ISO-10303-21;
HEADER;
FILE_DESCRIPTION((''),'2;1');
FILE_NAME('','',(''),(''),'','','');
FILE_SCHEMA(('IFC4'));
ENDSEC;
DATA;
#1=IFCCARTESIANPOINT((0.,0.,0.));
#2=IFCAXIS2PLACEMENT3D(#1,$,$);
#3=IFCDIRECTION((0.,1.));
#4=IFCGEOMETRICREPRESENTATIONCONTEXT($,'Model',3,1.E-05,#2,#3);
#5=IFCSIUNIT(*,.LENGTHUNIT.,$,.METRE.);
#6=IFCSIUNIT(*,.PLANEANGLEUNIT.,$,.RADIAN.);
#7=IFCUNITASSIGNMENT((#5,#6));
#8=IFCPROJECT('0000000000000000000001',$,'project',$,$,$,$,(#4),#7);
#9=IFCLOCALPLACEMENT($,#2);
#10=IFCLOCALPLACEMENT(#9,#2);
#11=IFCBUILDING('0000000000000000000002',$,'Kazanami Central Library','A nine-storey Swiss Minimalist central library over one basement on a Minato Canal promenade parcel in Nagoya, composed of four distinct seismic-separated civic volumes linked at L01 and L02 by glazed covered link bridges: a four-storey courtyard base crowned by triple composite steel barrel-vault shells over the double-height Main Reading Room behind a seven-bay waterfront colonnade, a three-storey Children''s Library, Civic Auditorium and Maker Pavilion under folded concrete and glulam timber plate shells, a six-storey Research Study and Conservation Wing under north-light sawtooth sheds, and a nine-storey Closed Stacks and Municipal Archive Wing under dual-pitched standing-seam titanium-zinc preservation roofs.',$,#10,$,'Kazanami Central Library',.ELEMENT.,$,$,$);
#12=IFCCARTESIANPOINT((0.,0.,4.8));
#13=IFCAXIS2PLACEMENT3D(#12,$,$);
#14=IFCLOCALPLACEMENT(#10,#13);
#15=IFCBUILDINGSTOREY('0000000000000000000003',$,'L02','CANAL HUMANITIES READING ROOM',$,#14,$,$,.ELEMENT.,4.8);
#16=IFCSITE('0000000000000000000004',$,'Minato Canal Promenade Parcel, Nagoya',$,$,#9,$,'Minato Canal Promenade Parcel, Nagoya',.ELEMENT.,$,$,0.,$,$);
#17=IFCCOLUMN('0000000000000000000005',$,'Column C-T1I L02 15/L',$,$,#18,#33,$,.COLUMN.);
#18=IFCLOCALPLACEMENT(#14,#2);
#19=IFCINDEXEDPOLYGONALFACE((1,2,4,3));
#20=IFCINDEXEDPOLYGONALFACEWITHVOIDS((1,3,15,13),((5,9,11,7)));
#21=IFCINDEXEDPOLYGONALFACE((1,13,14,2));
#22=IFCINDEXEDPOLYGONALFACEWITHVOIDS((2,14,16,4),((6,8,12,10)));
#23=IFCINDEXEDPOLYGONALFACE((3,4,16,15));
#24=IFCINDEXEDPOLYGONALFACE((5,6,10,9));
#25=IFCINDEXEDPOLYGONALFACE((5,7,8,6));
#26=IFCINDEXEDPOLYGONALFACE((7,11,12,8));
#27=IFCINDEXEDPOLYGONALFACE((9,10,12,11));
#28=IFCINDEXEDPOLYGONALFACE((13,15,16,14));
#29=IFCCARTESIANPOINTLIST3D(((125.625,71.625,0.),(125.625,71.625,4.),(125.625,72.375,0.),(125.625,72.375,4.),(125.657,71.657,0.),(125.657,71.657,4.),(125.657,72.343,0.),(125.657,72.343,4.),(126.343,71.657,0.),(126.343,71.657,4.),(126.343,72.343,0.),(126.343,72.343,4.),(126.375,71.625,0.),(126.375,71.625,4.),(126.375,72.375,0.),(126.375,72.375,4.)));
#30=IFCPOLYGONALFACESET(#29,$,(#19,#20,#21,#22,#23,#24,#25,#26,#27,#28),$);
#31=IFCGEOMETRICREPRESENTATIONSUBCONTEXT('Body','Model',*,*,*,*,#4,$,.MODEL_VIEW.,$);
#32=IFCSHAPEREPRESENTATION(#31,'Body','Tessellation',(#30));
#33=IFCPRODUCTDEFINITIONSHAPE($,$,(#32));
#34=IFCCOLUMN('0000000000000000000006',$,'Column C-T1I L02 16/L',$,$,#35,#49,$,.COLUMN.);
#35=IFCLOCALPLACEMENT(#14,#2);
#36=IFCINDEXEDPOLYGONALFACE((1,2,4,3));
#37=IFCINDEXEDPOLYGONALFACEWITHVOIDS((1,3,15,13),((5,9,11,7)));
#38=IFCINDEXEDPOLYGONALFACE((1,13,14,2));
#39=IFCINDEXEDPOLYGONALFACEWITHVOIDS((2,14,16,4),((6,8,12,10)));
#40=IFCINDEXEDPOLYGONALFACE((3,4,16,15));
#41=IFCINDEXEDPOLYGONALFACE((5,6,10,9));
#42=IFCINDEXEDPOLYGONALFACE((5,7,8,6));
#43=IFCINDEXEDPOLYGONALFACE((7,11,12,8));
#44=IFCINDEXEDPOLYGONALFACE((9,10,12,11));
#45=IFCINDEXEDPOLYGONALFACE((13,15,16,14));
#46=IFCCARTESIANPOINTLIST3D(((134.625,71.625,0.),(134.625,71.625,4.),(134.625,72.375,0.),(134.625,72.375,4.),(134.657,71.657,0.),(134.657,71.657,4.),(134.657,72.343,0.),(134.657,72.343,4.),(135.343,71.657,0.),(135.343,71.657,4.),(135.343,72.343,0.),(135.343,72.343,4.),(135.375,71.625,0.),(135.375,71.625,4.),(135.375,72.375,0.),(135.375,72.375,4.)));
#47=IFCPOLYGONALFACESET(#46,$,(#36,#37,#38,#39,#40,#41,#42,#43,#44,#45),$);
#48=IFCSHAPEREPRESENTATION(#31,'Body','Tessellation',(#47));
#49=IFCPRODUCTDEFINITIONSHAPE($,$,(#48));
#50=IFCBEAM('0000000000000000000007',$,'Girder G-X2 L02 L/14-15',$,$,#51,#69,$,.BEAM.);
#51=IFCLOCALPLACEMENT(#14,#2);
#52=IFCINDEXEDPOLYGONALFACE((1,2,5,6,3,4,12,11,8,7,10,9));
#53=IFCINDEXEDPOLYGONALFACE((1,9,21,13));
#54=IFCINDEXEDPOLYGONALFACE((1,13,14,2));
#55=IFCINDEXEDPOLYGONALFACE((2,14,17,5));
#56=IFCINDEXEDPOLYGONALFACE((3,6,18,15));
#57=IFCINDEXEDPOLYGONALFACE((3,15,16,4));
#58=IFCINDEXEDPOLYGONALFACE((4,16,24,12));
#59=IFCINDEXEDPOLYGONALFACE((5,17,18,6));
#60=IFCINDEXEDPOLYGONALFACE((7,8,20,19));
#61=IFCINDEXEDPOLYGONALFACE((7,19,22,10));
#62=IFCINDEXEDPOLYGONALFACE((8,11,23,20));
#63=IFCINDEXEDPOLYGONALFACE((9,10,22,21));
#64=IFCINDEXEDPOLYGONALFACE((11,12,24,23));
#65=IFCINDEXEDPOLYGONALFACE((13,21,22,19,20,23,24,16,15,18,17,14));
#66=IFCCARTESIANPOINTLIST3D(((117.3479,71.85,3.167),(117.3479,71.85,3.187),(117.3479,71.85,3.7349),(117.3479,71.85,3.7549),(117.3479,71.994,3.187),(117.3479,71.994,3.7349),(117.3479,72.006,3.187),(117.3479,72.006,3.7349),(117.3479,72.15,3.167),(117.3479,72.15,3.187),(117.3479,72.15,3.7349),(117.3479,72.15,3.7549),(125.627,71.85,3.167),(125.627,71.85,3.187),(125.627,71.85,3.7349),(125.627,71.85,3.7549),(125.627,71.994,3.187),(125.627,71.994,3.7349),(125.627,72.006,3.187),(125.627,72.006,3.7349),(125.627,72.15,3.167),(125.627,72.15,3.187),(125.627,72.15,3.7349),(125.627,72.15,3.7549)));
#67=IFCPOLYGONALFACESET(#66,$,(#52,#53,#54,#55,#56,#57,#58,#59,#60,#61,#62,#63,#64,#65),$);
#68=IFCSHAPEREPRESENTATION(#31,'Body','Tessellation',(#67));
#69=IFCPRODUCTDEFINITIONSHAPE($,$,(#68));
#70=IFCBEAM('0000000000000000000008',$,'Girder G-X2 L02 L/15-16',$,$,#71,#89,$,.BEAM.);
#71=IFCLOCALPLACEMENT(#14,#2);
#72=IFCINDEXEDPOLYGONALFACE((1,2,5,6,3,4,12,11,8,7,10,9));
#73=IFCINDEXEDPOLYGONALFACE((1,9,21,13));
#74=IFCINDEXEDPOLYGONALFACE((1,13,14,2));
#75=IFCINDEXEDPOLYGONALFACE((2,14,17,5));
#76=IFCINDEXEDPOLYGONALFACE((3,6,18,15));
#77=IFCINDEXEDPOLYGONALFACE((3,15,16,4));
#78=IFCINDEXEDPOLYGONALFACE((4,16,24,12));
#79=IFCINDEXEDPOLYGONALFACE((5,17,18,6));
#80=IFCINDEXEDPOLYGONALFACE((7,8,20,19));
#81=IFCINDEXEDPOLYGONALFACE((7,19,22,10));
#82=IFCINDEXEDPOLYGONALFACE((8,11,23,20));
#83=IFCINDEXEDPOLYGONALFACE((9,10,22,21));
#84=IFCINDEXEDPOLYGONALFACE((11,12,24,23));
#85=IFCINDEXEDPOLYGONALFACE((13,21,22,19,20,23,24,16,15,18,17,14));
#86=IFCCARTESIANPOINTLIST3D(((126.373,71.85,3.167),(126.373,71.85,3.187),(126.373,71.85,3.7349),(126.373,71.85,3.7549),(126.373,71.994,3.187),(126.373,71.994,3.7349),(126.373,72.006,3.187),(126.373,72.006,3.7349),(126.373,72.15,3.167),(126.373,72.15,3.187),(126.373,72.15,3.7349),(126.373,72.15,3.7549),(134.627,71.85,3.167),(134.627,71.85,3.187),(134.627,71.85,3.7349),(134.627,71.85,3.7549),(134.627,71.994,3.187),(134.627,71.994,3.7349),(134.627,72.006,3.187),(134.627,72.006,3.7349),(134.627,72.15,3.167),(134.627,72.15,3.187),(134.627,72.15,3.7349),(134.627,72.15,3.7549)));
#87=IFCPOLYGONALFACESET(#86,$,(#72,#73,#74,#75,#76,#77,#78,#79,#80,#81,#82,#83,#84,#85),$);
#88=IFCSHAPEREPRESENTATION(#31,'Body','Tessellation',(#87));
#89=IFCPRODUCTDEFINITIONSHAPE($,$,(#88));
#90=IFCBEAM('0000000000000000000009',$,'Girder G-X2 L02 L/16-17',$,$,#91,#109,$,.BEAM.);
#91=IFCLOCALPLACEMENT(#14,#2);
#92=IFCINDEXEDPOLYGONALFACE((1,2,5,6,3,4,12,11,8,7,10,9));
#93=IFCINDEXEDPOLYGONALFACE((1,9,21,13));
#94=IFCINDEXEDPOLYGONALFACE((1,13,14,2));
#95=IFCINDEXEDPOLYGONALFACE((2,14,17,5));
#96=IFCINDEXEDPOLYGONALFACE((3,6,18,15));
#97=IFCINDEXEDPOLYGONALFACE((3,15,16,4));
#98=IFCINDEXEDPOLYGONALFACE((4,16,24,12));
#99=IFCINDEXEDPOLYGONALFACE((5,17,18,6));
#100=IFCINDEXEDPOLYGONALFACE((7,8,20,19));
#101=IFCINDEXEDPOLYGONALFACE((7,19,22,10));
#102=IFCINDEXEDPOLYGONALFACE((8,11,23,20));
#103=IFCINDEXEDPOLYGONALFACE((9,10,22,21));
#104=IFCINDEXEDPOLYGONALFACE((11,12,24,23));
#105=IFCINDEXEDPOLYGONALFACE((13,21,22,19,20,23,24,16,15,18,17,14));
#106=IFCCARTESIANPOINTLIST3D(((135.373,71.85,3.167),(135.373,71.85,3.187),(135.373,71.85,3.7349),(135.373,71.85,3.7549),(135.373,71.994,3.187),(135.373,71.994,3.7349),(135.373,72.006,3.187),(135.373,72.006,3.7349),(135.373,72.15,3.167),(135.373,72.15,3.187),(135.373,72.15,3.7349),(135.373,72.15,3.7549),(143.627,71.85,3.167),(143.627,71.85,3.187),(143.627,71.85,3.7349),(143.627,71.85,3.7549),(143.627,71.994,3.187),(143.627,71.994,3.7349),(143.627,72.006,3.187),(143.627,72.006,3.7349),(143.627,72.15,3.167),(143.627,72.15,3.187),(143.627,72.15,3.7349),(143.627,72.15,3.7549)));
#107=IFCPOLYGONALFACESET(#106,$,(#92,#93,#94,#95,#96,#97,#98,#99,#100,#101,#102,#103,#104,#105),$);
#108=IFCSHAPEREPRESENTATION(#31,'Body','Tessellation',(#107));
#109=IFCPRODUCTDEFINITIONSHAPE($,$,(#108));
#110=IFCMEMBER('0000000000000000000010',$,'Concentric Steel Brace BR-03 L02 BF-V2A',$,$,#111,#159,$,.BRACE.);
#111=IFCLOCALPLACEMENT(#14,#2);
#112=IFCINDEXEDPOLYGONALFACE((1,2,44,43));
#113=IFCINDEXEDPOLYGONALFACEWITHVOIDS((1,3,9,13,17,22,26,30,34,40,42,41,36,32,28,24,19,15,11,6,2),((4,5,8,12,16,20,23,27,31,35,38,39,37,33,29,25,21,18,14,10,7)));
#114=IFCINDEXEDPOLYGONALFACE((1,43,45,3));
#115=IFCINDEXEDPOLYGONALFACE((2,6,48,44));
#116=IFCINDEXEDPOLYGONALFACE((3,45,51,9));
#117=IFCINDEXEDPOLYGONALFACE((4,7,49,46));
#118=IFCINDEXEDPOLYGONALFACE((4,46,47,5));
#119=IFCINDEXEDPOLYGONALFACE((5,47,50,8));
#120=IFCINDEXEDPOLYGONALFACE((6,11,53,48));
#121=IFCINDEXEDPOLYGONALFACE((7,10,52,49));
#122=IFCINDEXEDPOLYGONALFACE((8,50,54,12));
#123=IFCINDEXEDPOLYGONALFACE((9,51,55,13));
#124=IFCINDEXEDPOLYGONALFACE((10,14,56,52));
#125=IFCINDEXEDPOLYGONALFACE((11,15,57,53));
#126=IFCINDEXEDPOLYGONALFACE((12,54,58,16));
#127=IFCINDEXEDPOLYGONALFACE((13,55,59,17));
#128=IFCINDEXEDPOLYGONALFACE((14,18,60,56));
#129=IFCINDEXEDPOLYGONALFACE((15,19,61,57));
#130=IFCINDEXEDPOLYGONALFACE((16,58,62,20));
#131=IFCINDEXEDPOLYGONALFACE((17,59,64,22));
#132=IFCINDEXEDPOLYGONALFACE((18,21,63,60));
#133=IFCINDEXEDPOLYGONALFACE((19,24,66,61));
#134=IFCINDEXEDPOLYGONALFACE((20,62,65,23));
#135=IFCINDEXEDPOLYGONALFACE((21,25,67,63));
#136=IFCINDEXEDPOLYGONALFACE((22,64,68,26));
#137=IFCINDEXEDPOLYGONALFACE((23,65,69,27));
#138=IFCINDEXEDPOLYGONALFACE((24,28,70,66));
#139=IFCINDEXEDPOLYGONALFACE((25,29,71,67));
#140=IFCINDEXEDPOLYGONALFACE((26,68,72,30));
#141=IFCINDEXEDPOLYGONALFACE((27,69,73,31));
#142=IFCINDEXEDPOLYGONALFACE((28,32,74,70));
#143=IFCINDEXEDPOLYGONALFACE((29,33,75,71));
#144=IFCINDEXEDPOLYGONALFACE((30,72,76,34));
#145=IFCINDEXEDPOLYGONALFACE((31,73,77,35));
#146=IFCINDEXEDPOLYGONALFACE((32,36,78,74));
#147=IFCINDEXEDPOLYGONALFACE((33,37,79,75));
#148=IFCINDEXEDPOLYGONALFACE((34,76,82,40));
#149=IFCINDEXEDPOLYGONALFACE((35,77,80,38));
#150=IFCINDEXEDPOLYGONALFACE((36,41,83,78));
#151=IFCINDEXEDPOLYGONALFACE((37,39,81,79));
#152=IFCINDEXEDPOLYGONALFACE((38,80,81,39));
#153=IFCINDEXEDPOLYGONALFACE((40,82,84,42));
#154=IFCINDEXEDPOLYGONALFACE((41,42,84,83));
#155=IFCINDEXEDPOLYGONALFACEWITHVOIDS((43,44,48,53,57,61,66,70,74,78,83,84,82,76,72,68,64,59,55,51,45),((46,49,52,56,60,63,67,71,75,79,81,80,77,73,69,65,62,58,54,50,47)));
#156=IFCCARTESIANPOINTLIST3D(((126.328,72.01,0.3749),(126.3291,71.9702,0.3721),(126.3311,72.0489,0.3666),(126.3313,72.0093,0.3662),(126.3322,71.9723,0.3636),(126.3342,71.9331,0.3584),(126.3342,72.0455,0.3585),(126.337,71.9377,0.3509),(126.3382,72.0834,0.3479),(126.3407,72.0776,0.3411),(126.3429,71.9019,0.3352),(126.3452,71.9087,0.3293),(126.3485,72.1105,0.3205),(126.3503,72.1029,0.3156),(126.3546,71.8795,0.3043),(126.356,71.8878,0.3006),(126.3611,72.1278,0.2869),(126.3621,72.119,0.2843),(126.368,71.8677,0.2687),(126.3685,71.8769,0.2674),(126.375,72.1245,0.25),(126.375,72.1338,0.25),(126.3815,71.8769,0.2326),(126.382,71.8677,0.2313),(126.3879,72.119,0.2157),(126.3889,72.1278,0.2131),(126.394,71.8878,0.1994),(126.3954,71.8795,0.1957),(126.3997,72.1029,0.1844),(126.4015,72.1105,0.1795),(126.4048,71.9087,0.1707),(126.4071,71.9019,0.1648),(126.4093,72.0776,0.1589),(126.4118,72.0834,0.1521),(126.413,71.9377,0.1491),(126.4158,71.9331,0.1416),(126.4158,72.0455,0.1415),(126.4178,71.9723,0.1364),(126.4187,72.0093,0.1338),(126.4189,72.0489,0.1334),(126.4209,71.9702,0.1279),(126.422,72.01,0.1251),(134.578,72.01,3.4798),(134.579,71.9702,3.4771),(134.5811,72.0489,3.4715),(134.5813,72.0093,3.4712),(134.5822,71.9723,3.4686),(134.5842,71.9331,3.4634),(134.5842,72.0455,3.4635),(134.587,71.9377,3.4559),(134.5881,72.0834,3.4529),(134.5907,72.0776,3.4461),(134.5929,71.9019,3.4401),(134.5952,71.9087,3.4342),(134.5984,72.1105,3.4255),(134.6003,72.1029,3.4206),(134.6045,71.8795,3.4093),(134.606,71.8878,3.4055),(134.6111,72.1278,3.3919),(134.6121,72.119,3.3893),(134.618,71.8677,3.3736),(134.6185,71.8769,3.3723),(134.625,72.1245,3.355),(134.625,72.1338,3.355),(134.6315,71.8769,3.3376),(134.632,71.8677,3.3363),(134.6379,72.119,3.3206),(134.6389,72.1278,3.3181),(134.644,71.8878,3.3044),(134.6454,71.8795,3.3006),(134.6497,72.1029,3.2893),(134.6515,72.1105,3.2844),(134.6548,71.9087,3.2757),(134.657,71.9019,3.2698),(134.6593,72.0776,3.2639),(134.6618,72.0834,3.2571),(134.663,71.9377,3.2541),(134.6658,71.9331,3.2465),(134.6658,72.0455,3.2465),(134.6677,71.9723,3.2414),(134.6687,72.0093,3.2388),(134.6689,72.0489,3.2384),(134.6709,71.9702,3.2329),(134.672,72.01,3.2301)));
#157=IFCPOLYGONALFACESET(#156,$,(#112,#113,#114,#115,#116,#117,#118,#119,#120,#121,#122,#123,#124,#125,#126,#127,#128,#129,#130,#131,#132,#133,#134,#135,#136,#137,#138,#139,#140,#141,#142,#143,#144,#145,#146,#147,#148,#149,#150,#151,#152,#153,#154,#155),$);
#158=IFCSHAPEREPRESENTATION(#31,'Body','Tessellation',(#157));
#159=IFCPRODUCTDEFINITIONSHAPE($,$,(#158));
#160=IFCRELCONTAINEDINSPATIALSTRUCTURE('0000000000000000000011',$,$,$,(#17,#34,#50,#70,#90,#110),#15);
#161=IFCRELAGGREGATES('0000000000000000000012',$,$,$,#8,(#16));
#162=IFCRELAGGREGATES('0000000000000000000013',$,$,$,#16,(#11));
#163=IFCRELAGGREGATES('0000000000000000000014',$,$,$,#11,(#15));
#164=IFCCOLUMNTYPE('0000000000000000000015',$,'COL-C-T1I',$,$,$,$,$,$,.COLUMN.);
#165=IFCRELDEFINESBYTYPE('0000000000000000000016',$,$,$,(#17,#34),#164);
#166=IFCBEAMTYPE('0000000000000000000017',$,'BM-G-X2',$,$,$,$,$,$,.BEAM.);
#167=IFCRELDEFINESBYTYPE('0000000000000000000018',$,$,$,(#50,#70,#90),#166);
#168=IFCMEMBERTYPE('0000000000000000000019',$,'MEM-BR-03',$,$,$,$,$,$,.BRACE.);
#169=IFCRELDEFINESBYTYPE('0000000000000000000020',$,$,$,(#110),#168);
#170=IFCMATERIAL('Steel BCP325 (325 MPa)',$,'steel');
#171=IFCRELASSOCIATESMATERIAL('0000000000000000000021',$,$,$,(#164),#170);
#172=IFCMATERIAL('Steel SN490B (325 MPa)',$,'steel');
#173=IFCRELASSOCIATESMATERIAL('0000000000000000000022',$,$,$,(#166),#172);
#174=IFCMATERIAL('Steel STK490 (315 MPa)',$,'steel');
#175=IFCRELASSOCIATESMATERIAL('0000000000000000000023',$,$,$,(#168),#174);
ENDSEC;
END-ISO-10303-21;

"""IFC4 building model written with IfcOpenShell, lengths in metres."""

from ifc_helpers import new_model, si_unit, direction, frame, origin, origin_2d, place, context, subcontext, project, spatial, hollow_rectangle, hollow_circle, i_section, extrude, material, material_profile, profile_set, type_object, element, save


model = new_model("IFC4")

# Units and contexts
model_context = context("Model", 3, precision=1e-05, world=origin(), true_north=direction((0.0, 1.0)))
body_context = subcontext(model_context, "Body", "Model", "MODEL_VIEW")
ifc_project = project(units=[si_unit("LENGTHUNIT", "METRE"), si_unit("PLANEANGLEUNIT", "RADIAN")], contexts=[model_context])

# Site, building, storey
site_placement = place(None, origin())
site = spatial("IfcSite", under=ifc_project, at=site_placement, Name="Minato Canal Promenade Parcel, Nagoya", LongName="Minato Canal Promenade Parcel, Nagoya", CompositionType="ELEMENT", RefElevation=0.0)
building_placement = place(site_placement, origin())
building = spatial("IfcBuilding", under=site, at=building_placement, Name="Kazanami Central Library", Description="A nine-storey Swiss Minimalist central library over one basement on a Minato Canal promenade parcel in Nagoya, composed of four distinct seismic-separated civic volumes linked at L01 and L02 by glazed covered link bridges: a four-storey courtyard base crowned by triple composite steel barrel-vault shells over the double-height Main Reading Room behind a seven-bay waterfront colonnade, a three-storey Children's Library, Civic Auditorium and Maker Pavilion under folded concrete and glulam timber plate shells, a six-storey Research Study and Conservation Wing under north-light sawtooth sheds, and a nine-storey Closed Stacks and Municipal Archive Wing under dual-pitched standing-seam titanium-zinc preservation roofs.", LongName="Kazanami Central Library", CompositionType="ELEMENT")
storey_placement = place(building_placement, frame((0.0, 0.0, 4.8)))
storey = spatial("IfcBuildingStorey", under=building, at=storey_placement, Name="L02", Description="CANAL HUMANITIES READING ROOM", CompositionType="ELEMENT", Elevation=4.8)

# Columns
ifc_material_1 = material(Name="Steel BCP325 (325 MPa)", Category="steel")
ifc_material_profile_1 = material_profile(ifc_material_1, hollow_rectangle(XDim=0.75, YDim=0.75, WallThickness=0.032, at=origin_2d()), Name="BCP-750x750x32")
ifc_profile_set_1 = profile_set([ifc_material_profile_1], Name="Steel BCP325 (325 MPa)")
column_type = type_object("IfcColumnType", Name="COL-C-T1I", PredefinedType="COLUMN", material=ifc_profile_set_1)
for number, where, z_axis, x_axis, name in (
    (1, (126.0, 72.0, 0.0), (0.0, 0.0, 1.0), (1.0, 0.0, 0.0), "Column C-T1I L02 15/L"),
    (2, (135.0, 72.0, 0.0), (0.0, 0.0, 1.0), (1.0, 0.0, 0.0), "Column C-T1I L02 16/L"),
):
    element("IfcColumn", number, at=place(storey_placement, frame(where, z_axis=z_axis, x_axis=x_axis)), inside=storey, type_object=column_type, Name=name, PredefinedType="COLUMN", context=body_context, shape_type="SweptSolid", body=[
        extrude(hollow_rectangle(XDim=0.75, YDim=0.75, WallThickness=0.032, at=origin_2d()), origin(), (0.0, 0.0, 1.0), 4.0),
    ])

# Beams
ifc_material_2 = material(Name="Steel SN490B (325 MPa)", Category="steel")
ifc_material_profile_2 = material_profile(ifc_material_2, i_section(OverallWidth=0.3, OverallDepth=0.5879, WebThickness=0.012, FlangeThickness=0.02, at=origin_2d()), Name="H-588x300x12x20")
ifc_profile_set_2 = profile_set([ifc_material_profile_2], Name="Steel SN490B (325 MPa)")
beam_type = type_object("IfcBeamType", Name="BM-G-X2", PredefinedType="BEAM", material=ifc_profile_set_2)
beam_placement = place(storey_placement, frame((117.3479, 72.0, 3.4609), z_axis=(1.0, 0.0, 0.0), x_axis=(0.0, 1.0, 0.0)))
element("IfcBeam", 3, at=beam_placement, inside=storey, type_object=beam_type, Name="Girder G-X2 L02 L/14-15", PredefinedType="BEAM", context=body_context, shape_type="SweptSolid", body=[
    extrude(i_section(OverallWidth=0.3, OverallDepth=0.5879, WebThickness=0.012, FlangeThickness=0.02, at=origin_2d()), origin(), (0.0, 0.0, 1.0), 8.2791),
])
for number, where, z_axis, x_axis, name in (
    (4, (126.373, 72.0, 3.4609), (1.0, 0.0, 0.0), (0.0, 1.0, 0.0), "Girder G-X2 L02 L/15-16"),
    (5, (135.373, 72.0, 3.4609), (1.0, 0.0, 0.0), (0.0, 1.0, 0.0), "Girder G-X2 L02 L/16-17"),
):
    element("IfcBeam", number, at=place(storey_placement, frame(where, z_axis=z_axis, x_axis=x_axis)), inside=storey, type_object=beam_type, Name=name, PredefinedType="BEAM", context=body_context, shape_type="SweptSolid", body=[
        extrude(i_section(OverallWidth=0.3, OverallDepth=0.5879, WebThickness=0.012, FlangeThickness=0.02, at=origin_2d()), origin(), (0.0, 0.0, 1.0), 8.2539),
    ])

# Member
ifc_material_3 = material(Name="Steel STK490 (315 MPa)", Category="steel")
ifc_material_profile_3 = material_profile(ifc_material_3, hollow_circle(Radius=0.1338, WallThickness=0.0093, at=origin_2d()), Name="CHS-267.4x9.3")
ifc_profile_set_3 = profile_set([ifc_material_profile_3], Name="Steel STK490 (315 MPa)")
member_type = type_object("IfcMemberType", Name="MEM-BR-03", PredefinedType="BRACE", material=ifc_profile_set_3)
member_placement = place(storey_placement, frame((126.375, 72.0, 0.25), z_axis=(0.93591, 0.0, 0.35224), x_axis=(0.0, 1.0, 0.0)))
element("IfcMember", 6, at=member_placement, inside=storey, type_object=member_type, Name="Concentric Steel Brace BR-03 L02 BF-V2A", PredefinedType="BRACE", context=body_context, shape_type="SweptSolid", body=[
    extrude(hollow_circle(Radius=0.1338, WallThickness=0.0093, at=origin_2d()), origin(), (0.0, 0.0, 1.0), 8.8149),
])

save(model, "model.ifc")
